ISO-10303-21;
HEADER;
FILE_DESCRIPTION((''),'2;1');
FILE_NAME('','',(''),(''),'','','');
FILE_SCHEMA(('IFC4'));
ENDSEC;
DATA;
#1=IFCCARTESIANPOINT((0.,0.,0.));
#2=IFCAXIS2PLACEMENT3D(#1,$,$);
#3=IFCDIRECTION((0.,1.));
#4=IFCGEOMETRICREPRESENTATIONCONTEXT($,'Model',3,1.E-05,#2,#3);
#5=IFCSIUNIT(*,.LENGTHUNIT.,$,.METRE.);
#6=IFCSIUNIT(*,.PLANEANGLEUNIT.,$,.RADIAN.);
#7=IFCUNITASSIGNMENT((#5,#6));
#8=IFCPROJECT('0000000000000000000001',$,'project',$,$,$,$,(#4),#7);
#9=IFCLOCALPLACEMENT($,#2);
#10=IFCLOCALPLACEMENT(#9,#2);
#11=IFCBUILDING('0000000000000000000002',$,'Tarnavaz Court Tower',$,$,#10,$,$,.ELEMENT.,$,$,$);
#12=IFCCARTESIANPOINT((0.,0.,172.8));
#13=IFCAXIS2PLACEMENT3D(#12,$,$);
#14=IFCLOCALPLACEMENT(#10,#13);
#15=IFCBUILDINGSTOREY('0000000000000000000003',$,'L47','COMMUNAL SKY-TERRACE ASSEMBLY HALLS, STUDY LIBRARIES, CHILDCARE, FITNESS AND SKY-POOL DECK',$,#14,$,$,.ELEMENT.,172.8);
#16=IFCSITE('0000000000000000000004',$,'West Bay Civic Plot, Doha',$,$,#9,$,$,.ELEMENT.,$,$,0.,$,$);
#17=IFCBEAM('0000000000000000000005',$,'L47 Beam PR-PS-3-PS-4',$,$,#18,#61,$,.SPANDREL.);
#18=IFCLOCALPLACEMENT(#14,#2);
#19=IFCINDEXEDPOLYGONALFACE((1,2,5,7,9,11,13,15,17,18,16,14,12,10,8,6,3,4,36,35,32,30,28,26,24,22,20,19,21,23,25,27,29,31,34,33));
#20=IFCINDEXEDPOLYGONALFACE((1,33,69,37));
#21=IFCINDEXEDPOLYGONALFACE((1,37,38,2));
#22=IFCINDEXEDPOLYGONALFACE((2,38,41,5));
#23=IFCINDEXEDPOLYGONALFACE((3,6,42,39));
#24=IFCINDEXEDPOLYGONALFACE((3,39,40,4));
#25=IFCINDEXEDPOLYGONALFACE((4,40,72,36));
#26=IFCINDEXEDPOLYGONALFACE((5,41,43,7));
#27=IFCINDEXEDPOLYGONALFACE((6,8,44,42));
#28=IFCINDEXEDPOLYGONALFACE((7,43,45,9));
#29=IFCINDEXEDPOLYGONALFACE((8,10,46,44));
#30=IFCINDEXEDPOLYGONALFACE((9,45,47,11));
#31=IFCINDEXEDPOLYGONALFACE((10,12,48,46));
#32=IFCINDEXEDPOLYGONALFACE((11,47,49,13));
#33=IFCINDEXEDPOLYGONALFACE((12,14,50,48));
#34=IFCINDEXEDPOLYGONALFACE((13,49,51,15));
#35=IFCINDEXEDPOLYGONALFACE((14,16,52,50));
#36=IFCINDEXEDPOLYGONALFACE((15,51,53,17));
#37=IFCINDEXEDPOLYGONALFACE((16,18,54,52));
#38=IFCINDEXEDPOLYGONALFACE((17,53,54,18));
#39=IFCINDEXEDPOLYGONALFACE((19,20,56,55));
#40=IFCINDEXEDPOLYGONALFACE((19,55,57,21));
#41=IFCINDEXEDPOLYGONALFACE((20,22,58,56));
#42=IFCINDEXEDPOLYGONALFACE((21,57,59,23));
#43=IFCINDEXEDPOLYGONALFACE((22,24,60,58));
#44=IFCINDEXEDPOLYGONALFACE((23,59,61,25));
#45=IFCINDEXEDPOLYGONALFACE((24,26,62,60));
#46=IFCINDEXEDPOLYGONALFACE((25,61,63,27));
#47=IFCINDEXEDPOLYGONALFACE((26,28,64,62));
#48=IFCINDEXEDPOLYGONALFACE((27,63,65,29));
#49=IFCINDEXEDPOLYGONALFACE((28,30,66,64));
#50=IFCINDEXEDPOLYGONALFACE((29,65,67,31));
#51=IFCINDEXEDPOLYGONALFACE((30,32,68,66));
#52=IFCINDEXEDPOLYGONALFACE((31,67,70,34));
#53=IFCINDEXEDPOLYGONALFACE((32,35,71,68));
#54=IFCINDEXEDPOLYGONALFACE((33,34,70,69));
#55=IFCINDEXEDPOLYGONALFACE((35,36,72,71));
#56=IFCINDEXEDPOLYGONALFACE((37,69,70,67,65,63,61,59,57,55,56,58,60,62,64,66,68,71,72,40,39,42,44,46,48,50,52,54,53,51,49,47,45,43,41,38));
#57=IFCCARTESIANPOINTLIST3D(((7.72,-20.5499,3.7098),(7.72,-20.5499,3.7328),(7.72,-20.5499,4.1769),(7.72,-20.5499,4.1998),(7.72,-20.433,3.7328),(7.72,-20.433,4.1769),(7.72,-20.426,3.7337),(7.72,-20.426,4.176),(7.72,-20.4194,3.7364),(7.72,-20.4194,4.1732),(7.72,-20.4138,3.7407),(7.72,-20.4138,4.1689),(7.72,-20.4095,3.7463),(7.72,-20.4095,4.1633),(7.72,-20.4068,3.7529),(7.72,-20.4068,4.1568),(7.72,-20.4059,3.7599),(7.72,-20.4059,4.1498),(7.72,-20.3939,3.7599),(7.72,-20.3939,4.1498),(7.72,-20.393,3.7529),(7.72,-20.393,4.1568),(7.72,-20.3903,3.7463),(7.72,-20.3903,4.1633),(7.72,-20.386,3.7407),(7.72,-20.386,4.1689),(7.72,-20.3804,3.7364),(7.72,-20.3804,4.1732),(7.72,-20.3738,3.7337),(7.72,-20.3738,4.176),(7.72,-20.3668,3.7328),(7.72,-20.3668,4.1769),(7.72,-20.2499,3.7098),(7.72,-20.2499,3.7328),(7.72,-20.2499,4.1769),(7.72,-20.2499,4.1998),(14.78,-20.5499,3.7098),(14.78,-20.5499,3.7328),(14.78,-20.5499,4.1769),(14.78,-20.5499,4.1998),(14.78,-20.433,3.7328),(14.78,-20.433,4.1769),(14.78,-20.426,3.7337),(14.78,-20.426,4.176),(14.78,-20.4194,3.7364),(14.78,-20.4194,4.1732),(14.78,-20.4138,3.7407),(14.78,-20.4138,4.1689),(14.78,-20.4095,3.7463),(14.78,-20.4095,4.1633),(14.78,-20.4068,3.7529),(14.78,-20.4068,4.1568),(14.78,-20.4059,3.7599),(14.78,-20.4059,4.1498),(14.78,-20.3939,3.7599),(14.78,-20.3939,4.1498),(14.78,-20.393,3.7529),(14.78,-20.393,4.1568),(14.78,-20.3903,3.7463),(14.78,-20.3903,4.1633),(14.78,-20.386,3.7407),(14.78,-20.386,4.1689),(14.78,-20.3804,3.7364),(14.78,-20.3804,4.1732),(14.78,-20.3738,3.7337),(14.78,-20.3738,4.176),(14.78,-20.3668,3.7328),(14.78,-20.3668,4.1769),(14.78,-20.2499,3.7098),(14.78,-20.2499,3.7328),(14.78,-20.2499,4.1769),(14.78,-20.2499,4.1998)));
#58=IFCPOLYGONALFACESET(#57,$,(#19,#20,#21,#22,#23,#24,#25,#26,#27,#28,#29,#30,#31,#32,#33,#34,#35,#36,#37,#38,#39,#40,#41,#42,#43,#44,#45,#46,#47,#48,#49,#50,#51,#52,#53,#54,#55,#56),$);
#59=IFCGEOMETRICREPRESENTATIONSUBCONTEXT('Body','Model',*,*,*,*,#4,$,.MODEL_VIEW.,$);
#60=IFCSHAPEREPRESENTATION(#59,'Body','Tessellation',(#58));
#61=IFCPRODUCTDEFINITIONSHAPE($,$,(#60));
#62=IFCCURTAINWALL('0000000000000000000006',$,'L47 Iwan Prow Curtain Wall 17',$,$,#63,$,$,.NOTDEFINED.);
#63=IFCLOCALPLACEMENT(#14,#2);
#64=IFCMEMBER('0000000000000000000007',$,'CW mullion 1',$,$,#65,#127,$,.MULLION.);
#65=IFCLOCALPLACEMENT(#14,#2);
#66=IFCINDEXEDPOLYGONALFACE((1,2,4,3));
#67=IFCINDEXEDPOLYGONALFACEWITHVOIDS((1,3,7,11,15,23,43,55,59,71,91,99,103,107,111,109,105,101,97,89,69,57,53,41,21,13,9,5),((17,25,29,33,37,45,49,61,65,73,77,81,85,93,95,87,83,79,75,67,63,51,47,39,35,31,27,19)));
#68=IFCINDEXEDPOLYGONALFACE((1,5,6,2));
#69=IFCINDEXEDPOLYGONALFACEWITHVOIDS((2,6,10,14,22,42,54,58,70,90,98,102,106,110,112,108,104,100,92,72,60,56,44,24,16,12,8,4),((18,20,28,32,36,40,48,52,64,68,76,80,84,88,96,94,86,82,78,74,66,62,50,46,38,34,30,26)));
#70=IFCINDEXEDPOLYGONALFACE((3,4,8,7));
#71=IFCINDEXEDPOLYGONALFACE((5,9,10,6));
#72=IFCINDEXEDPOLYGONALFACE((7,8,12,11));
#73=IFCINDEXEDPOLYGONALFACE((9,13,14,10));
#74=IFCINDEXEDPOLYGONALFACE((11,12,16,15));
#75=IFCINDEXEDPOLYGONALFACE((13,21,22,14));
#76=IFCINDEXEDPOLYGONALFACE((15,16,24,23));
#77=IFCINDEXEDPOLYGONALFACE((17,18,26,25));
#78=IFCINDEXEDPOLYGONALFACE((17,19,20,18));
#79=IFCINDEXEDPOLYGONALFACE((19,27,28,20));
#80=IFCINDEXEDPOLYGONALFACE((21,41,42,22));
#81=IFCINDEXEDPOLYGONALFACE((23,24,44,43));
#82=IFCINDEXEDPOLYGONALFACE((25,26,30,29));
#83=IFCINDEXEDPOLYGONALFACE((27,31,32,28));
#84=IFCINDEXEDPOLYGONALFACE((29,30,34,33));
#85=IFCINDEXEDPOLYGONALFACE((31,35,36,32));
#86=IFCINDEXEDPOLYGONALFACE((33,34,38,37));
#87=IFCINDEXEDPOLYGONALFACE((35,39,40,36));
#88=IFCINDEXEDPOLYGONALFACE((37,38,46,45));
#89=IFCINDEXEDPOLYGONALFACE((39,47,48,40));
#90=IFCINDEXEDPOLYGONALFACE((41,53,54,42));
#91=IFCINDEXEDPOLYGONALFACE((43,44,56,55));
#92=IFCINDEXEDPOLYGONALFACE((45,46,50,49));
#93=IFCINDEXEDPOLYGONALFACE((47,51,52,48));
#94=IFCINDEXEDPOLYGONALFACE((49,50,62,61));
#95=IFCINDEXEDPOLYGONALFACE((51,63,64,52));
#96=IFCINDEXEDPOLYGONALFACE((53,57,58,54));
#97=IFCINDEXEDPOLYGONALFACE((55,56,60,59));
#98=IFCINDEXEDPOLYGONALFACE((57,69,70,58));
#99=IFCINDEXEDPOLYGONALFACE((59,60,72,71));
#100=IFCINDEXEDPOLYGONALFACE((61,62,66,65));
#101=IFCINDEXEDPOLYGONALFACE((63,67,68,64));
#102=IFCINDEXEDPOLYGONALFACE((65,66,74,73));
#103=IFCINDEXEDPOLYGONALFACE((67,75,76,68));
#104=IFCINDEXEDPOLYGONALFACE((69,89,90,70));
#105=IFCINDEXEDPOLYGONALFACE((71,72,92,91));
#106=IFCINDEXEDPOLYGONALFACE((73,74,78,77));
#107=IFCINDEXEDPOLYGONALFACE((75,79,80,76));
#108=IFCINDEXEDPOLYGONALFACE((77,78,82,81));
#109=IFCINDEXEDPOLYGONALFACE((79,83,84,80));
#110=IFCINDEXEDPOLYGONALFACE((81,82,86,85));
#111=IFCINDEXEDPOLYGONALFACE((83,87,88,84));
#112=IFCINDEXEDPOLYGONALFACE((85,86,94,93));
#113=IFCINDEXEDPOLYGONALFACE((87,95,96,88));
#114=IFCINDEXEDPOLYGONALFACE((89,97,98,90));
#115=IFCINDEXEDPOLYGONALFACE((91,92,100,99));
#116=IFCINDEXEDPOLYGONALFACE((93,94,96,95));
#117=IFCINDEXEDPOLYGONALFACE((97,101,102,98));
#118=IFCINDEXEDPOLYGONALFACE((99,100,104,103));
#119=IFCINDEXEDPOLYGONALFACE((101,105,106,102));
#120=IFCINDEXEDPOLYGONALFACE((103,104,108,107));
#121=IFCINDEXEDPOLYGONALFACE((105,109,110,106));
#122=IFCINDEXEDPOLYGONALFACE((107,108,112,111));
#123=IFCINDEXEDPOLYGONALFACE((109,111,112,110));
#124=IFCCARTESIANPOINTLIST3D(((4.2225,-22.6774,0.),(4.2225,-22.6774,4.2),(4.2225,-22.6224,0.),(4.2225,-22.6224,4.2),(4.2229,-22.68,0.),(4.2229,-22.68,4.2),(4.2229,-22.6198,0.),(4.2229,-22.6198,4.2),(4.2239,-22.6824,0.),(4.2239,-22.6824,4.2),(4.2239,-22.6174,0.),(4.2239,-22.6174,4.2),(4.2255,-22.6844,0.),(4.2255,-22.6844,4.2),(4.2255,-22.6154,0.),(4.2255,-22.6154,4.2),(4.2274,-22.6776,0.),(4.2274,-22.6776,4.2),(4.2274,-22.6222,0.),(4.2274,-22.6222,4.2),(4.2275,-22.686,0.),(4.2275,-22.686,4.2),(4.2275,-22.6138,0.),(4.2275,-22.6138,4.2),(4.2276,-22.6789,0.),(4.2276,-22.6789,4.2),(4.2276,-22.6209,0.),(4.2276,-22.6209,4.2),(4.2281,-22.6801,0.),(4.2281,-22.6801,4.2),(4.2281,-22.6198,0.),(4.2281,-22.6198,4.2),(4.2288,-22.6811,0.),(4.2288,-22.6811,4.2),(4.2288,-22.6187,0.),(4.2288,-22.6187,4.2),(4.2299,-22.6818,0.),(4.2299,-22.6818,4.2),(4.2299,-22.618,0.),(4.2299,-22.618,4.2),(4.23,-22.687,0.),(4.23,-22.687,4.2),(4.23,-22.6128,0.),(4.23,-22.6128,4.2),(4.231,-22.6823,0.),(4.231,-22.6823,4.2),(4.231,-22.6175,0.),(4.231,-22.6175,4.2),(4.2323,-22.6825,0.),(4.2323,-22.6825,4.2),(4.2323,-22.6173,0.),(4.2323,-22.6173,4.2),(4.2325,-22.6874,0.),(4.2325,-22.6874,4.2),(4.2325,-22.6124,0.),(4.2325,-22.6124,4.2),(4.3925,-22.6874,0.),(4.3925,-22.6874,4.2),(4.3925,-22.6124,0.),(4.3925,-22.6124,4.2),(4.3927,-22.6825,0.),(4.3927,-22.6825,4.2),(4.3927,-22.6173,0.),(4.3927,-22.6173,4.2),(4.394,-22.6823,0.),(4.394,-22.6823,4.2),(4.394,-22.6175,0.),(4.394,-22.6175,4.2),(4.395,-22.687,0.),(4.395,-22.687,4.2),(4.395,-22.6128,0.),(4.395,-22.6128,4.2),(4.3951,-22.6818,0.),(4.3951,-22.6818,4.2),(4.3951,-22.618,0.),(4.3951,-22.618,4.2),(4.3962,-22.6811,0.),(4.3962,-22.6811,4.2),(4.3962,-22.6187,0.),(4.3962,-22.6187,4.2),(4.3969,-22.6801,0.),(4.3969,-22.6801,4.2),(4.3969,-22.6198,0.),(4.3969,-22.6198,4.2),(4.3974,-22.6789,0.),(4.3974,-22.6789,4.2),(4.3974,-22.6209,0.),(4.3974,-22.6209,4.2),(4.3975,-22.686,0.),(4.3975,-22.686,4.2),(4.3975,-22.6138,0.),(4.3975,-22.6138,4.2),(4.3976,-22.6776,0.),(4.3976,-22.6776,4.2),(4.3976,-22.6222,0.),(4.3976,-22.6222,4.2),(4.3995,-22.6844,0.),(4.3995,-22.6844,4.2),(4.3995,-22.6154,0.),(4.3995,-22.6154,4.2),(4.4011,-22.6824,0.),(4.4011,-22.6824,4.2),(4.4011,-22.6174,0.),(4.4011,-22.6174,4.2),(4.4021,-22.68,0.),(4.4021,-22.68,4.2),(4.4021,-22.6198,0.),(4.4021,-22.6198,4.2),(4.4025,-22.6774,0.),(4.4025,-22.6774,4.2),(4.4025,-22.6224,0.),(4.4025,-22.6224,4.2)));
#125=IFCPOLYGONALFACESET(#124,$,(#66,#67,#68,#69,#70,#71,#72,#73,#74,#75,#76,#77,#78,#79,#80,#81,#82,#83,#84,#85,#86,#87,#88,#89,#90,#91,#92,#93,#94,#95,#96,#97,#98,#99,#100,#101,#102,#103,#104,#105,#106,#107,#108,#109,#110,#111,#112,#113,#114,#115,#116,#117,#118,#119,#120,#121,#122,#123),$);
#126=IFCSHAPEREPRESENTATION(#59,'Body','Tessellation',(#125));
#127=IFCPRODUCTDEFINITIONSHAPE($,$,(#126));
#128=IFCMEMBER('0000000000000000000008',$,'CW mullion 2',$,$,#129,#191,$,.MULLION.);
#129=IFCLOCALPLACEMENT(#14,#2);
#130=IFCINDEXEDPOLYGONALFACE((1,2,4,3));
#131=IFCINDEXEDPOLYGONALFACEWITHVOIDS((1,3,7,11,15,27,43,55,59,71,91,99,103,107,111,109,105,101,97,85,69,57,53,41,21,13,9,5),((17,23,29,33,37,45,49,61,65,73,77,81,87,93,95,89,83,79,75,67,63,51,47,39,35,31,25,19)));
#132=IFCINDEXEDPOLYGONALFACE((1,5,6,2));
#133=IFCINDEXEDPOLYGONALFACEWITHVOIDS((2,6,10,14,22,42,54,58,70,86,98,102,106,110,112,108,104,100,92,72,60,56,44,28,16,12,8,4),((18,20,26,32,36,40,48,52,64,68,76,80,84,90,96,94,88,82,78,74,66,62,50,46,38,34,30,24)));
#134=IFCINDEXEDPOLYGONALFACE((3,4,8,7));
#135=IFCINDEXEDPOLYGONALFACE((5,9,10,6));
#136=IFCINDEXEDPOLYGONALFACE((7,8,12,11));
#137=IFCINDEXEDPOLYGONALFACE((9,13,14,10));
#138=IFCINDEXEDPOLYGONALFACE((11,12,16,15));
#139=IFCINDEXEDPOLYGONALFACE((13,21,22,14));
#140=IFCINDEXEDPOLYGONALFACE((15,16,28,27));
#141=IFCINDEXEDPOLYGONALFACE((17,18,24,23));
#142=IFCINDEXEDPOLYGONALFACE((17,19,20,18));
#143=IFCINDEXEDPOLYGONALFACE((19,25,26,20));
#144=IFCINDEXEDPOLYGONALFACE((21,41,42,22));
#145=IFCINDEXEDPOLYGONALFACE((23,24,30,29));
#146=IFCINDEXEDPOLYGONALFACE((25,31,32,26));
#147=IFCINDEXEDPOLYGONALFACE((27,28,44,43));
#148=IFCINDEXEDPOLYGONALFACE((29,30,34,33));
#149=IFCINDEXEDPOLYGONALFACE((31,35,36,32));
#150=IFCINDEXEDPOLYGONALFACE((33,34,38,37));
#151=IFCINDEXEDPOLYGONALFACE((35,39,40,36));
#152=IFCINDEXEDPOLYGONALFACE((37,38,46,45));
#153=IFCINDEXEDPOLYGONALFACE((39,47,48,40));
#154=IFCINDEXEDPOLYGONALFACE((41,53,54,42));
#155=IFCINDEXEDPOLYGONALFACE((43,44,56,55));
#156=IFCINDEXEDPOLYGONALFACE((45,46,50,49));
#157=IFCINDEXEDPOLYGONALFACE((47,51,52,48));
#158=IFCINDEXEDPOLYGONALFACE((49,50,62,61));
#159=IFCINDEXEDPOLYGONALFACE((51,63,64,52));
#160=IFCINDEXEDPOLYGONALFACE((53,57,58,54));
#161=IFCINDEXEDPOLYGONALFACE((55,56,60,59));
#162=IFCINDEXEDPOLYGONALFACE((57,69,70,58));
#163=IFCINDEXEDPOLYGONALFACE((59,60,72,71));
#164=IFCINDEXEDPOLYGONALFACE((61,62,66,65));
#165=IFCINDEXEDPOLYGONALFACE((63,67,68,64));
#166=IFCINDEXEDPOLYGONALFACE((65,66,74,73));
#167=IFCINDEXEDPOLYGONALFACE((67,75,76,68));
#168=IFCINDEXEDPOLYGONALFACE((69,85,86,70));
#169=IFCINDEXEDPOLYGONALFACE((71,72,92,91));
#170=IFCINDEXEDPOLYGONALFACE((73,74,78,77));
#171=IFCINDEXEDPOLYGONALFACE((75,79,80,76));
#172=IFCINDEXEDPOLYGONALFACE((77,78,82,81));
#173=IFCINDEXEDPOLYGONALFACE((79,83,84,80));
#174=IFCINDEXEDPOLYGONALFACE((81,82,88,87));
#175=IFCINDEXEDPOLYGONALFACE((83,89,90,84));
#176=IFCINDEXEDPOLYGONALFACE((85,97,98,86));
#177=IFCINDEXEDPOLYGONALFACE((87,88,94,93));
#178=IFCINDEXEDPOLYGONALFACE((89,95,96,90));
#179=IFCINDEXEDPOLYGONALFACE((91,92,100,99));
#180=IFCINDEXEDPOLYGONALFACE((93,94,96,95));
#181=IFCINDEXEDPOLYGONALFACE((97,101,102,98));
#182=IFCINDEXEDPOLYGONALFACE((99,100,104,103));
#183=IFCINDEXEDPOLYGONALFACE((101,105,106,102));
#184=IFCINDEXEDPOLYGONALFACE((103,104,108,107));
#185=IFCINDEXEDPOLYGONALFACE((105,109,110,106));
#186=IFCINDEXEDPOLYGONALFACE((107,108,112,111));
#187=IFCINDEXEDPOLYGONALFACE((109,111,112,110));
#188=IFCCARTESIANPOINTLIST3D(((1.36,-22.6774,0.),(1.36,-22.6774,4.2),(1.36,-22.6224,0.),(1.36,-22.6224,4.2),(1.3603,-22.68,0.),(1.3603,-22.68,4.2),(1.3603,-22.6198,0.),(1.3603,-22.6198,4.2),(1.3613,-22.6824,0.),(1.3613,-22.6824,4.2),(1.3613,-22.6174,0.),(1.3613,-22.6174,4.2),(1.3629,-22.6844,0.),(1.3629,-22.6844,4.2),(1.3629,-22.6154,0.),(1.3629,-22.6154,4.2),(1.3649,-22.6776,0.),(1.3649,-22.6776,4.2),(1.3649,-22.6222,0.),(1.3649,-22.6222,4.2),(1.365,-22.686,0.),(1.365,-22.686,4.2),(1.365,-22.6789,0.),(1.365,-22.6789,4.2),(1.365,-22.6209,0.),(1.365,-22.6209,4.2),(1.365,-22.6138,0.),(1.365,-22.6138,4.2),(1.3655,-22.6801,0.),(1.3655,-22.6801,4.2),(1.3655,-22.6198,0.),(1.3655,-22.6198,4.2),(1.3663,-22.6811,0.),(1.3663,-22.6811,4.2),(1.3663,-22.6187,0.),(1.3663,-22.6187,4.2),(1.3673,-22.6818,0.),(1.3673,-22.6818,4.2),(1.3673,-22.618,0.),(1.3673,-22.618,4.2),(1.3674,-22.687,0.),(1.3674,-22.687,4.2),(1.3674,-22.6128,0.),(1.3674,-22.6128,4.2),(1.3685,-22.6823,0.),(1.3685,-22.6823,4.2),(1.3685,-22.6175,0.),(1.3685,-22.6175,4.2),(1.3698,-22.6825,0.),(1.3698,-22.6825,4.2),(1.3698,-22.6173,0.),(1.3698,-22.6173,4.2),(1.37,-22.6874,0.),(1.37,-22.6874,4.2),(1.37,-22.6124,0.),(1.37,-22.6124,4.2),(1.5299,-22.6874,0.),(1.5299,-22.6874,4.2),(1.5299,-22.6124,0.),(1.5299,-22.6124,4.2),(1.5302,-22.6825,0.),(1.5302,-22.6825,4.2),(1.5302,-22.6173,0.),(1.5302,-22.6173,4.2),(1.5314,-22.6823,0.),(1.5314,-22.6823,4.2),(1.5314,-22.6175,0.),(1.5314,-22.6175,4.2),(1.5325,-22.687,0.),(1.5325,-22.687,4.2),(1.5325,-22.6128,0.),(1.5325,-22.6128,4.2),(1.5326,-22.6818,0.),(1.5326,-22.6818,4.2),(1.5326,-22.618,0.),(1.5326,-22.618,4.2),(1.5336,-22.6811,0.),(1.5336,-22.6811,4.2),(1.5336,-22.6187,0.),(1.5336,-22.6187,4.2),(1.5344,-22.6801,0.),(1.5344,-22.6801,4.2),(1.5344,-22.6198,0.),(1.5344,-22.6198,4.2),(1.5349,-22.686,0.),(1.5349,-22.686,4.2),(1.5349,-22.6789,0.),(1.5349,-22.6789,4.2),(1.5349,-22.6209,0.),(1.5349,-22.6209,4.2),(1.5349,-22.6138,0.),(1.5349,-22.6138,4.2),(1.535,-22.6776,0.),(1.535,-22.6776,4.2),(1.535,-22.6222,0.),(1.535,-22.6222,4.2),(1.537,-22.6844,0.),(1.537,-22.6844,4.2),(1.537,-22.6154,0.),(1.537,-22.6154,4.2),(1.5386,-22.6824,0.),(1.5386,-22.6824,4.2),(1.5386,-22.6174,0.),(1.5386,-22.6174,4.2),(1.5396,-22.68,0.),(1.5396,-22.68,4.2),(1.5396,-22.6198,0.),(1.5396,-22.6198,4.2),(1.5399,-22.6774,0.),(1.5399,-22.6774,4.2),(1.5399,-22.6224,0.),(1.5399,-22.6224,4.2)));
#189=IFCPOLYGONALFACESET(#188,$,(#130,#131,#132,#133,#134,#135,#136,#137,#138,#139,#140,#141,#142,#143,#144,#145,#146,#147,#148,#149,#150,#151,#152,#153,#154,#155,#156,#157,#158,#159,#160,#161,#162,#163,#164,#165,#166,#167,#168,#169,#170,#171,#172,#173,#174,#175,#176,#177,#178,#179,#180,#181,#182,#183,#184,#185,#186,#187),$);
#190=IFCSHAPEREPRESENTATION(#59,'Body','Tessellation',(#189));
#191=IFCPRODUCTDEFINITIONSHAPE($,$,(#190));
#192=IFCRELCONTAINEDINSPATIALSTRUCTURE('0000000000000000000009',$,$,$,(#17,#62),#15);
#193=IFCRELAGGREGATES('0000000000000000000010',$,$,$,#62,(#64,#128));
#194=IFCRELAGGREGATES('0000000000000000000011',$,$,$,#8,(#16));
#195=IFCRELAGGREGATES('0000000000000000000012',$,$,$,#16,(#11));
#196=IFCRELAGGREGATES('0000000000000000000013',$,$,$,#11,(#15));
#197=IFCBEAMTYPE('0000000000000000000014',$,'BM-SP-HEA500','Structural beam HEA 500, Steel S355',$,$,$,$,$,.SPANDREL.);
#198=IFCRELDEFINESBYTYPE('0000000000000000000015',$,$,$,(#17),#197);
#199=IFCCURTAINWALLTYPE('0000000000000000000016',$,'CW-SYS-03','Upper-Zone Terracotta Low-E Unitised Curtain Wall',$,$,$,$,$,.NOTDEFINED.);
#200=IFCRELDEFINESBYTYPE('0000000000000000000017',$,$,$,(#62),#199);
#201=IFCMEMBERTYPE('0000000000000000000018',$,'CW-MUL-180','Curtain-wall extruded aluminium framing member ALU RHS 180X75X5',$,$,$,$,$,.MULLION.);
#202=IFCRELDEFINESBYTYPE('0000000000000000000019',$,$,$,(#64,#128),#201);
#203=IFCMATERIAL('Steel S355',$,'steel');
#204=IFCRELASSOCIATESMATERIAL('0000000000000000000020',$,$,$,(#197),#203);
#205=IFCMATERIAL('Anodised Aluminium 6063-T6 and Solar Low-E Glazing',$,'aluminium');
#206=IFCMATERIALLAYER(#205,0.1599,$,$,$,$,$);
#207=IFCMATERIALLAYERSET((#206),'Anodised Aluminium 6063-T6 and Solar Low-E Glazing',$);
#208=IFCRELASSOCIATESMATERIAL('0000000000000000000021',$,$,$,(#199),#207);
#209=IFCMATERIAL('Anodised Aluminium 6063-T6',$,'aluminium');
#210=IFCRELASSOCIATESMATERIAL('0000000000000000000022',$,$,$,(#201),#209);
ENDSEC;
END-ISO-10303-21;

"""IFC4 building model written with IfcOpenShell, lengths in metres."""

from ifc_helpers import new_model, si_unit, direction, frame, origin, origin_2d, place, context, subcontext, project, spatial, hollow_rectangle, i_section, extrude, material, layer, layer_set, material_profile, profile_set, type_object, element, aggregate, save


model = new_model("IFC4")

# Units and contexts
model_context = context("Model", 3, precision=1e-05, world=origin(), true_north=direction((0.0, 1.0)))
body_context = subcontext(model_context, "Body", "Model", "MODEL_VIEW")
ifc_project = project(units=[si_unit("LENGTHUNIT", "METRE"), si_unit("PLANEANGLEUNIT", "RADIAN")], contexts=[model_context])

# Site, building, storey
site_placement = place(None, origin())
site = spatial("IfcSite", under=ifc_project, at=site_placement, Name="West Bay Civic Plot, Doha", CompositionType="ELEMENT", RefElevation=0.0)
building_placement = place(site_placement, origin())
building = spatial("IfcBuilding", under=site, at=building_placement, Name="Tarnavaz Court Tower", CompositionType="ELEMENT")
storey_placement = place(building_placement, frame((0.0, 0.0, 172.8)))
storey = spatial("IfcBuildingStorey", under=building, at=storey_placement, Name="L47", Description="COMMUNAL SKY-TERRACE ASSEMBLY HALLS, STUDY LIBRARIES, CHILDCARE, FITNESS AND SKY-POOL DECK", CompositionType="ELEMENT", Elevation=172.8)

# Beam
ifc_material_1 = material(Name="Steel S355", Category="steel")
ifc_material_profile_1 = material_profile(ifc_material_1, i_section(OverallWidth=0.3, OverallDepth=0.49, WebThickness=0.012, FlangeThickness=0.0229, FilletRadius=0.0271, at=origin_2d()), Name="HEA 500")
ifc_profile_set_1 = profile_set([ifc_material_profile_1], Name="Steel S355")
beam_type_1 = type_object("IfcBeamType", Name="BM-SP-HEA500", Description="Structural beam HEA 500, Steel S355", PredefinedType="SPANDREL", material=ifc_profile_set_1)
beam_1_placement = place(storey_placement, frame((7.72, -20.3999, 3.9548), z_axis=(1.0, 0.0, 0.0), x_axis=(0.0, 1.0, 0.0)))
element("IfcBeam", 1, at=beam_1_placement, inside=storey, type_object=beam_type_1, Name="L47 Beam PR-PS-3-PS-4", PredefinedType="SPANDREL", context=body_context, shape_type="SweptSolid", body=[
    extrude(i_section(OverallWidth=0.3, OverallDepth=0.49, WebThickness=0.012, FlangeThickness=0.0229, FilletRadius=0.0271, at=origin_2d()), origin(), (0.0, 0.0, 1.0), 7.0601),
])

# Curtain wall, members
ifc_material_2 = material(Name="Anodised Aluminium 6063-T6 and Solar Low-E Glazing", Category="aluminium")
ifc_layer_1 = layer(ifc_material_2, 0.1599)
ifc_layer_set_1 = layer_set([ifc_layer_1], Name="Anodised Aluminium 6063-T6 and Solar Low-E Glazing")
curtain_wall_type_1 = type_object("IfcCurtainWallType", Name="CW-SYS-03", Description="Upper-Zone Terracotta Low-E Unitised Curtain Wall", PredefinedType="NOTDEFINED", material=ifc_layer_set_1)
curtain_wall_1_placement = place(storey_placement, origin())
curtain_wall_1 = element("IfcCurtainWall", 2, at=curtain_wall_1_placement, inside=storey, type_object=curtain_wall_type_1, Name="L47 Iwan Prow Curtain Wall 17", PredefinedType="NOTDEFINED")
ifc_material_3 = material(Name="Anodised Aluminium 6063-T6", Category="aluminium")
ifc_material_profile_2 = material_profile(ifc_material_3, hollow_rectangle(XDim=0.075, YDim=0.1799, WallThickness=0.0049, InnerFilletRadius=0.0049, OuterFilletRadius=0.01, at=origin_2d()), Name="ALU RHS 180X75X5")
ifc_profile_set_2 = profile_set([ifc_material_profile_2], Name="Anodised Aluminium 6063-T6")
member_type_1 = type_object("IfcMemberType", Name="CW-MUL-180", Description="Curtain-wall extruded aluminium framing member ALU RHS 180X75X5", PredefinedType="MULLION", material=ifc_profile_set_2)
member_1_placement = place(storey_placement, frame((4.3125, -22.6499, 0.0), z_axis=(0.0, 0.0, 1.0), x_axis=(0.0, -1.0, 0.0)))
member_1 = element("IfcMember", 3, at=member_1_placement, type_object=member_type_1, Name="CW mullion 1", PredefinedType="MULLION", context=body_context, shape_type="SweptSolid", body=[
    extrude(hollow_rectangle(XDim=0.075, YDim=0.1799, WallThickness=0.0049, InnerFilletRadius=0.0049, OuterFilletRadius=0.01, at=origin_2d()), origin(), (0.0, 0.0, 1.0), 4.2),
])
member_2_placement = place(storey_placement, frame((1.45, -22.6499, 0.0), z_axis=(0.0, 0.0, 1.0), x_axis=(0.0, -1.0, 0.0)))
member_2 = element("IfcMember", 4, at=member_2_placement, type_object=member_type_1, Name="CW mullion 2", PredefinedType="MULLION", context=body_context, shape_type="SweptSolid", body=[
    extrude(hollow_rectangle(XDim=0.075, YDim=0.1799, WallThickness=0.0049, InnerFilletRadius=0.0049, OuterFilletRadius=0.01, at=origin_2d()), origin(), (0.0, 0.0, 1.0), 4.2),
])

aggregate(curtain_wall_1, [member_1, member_2])

save(model, "model.ifc")
